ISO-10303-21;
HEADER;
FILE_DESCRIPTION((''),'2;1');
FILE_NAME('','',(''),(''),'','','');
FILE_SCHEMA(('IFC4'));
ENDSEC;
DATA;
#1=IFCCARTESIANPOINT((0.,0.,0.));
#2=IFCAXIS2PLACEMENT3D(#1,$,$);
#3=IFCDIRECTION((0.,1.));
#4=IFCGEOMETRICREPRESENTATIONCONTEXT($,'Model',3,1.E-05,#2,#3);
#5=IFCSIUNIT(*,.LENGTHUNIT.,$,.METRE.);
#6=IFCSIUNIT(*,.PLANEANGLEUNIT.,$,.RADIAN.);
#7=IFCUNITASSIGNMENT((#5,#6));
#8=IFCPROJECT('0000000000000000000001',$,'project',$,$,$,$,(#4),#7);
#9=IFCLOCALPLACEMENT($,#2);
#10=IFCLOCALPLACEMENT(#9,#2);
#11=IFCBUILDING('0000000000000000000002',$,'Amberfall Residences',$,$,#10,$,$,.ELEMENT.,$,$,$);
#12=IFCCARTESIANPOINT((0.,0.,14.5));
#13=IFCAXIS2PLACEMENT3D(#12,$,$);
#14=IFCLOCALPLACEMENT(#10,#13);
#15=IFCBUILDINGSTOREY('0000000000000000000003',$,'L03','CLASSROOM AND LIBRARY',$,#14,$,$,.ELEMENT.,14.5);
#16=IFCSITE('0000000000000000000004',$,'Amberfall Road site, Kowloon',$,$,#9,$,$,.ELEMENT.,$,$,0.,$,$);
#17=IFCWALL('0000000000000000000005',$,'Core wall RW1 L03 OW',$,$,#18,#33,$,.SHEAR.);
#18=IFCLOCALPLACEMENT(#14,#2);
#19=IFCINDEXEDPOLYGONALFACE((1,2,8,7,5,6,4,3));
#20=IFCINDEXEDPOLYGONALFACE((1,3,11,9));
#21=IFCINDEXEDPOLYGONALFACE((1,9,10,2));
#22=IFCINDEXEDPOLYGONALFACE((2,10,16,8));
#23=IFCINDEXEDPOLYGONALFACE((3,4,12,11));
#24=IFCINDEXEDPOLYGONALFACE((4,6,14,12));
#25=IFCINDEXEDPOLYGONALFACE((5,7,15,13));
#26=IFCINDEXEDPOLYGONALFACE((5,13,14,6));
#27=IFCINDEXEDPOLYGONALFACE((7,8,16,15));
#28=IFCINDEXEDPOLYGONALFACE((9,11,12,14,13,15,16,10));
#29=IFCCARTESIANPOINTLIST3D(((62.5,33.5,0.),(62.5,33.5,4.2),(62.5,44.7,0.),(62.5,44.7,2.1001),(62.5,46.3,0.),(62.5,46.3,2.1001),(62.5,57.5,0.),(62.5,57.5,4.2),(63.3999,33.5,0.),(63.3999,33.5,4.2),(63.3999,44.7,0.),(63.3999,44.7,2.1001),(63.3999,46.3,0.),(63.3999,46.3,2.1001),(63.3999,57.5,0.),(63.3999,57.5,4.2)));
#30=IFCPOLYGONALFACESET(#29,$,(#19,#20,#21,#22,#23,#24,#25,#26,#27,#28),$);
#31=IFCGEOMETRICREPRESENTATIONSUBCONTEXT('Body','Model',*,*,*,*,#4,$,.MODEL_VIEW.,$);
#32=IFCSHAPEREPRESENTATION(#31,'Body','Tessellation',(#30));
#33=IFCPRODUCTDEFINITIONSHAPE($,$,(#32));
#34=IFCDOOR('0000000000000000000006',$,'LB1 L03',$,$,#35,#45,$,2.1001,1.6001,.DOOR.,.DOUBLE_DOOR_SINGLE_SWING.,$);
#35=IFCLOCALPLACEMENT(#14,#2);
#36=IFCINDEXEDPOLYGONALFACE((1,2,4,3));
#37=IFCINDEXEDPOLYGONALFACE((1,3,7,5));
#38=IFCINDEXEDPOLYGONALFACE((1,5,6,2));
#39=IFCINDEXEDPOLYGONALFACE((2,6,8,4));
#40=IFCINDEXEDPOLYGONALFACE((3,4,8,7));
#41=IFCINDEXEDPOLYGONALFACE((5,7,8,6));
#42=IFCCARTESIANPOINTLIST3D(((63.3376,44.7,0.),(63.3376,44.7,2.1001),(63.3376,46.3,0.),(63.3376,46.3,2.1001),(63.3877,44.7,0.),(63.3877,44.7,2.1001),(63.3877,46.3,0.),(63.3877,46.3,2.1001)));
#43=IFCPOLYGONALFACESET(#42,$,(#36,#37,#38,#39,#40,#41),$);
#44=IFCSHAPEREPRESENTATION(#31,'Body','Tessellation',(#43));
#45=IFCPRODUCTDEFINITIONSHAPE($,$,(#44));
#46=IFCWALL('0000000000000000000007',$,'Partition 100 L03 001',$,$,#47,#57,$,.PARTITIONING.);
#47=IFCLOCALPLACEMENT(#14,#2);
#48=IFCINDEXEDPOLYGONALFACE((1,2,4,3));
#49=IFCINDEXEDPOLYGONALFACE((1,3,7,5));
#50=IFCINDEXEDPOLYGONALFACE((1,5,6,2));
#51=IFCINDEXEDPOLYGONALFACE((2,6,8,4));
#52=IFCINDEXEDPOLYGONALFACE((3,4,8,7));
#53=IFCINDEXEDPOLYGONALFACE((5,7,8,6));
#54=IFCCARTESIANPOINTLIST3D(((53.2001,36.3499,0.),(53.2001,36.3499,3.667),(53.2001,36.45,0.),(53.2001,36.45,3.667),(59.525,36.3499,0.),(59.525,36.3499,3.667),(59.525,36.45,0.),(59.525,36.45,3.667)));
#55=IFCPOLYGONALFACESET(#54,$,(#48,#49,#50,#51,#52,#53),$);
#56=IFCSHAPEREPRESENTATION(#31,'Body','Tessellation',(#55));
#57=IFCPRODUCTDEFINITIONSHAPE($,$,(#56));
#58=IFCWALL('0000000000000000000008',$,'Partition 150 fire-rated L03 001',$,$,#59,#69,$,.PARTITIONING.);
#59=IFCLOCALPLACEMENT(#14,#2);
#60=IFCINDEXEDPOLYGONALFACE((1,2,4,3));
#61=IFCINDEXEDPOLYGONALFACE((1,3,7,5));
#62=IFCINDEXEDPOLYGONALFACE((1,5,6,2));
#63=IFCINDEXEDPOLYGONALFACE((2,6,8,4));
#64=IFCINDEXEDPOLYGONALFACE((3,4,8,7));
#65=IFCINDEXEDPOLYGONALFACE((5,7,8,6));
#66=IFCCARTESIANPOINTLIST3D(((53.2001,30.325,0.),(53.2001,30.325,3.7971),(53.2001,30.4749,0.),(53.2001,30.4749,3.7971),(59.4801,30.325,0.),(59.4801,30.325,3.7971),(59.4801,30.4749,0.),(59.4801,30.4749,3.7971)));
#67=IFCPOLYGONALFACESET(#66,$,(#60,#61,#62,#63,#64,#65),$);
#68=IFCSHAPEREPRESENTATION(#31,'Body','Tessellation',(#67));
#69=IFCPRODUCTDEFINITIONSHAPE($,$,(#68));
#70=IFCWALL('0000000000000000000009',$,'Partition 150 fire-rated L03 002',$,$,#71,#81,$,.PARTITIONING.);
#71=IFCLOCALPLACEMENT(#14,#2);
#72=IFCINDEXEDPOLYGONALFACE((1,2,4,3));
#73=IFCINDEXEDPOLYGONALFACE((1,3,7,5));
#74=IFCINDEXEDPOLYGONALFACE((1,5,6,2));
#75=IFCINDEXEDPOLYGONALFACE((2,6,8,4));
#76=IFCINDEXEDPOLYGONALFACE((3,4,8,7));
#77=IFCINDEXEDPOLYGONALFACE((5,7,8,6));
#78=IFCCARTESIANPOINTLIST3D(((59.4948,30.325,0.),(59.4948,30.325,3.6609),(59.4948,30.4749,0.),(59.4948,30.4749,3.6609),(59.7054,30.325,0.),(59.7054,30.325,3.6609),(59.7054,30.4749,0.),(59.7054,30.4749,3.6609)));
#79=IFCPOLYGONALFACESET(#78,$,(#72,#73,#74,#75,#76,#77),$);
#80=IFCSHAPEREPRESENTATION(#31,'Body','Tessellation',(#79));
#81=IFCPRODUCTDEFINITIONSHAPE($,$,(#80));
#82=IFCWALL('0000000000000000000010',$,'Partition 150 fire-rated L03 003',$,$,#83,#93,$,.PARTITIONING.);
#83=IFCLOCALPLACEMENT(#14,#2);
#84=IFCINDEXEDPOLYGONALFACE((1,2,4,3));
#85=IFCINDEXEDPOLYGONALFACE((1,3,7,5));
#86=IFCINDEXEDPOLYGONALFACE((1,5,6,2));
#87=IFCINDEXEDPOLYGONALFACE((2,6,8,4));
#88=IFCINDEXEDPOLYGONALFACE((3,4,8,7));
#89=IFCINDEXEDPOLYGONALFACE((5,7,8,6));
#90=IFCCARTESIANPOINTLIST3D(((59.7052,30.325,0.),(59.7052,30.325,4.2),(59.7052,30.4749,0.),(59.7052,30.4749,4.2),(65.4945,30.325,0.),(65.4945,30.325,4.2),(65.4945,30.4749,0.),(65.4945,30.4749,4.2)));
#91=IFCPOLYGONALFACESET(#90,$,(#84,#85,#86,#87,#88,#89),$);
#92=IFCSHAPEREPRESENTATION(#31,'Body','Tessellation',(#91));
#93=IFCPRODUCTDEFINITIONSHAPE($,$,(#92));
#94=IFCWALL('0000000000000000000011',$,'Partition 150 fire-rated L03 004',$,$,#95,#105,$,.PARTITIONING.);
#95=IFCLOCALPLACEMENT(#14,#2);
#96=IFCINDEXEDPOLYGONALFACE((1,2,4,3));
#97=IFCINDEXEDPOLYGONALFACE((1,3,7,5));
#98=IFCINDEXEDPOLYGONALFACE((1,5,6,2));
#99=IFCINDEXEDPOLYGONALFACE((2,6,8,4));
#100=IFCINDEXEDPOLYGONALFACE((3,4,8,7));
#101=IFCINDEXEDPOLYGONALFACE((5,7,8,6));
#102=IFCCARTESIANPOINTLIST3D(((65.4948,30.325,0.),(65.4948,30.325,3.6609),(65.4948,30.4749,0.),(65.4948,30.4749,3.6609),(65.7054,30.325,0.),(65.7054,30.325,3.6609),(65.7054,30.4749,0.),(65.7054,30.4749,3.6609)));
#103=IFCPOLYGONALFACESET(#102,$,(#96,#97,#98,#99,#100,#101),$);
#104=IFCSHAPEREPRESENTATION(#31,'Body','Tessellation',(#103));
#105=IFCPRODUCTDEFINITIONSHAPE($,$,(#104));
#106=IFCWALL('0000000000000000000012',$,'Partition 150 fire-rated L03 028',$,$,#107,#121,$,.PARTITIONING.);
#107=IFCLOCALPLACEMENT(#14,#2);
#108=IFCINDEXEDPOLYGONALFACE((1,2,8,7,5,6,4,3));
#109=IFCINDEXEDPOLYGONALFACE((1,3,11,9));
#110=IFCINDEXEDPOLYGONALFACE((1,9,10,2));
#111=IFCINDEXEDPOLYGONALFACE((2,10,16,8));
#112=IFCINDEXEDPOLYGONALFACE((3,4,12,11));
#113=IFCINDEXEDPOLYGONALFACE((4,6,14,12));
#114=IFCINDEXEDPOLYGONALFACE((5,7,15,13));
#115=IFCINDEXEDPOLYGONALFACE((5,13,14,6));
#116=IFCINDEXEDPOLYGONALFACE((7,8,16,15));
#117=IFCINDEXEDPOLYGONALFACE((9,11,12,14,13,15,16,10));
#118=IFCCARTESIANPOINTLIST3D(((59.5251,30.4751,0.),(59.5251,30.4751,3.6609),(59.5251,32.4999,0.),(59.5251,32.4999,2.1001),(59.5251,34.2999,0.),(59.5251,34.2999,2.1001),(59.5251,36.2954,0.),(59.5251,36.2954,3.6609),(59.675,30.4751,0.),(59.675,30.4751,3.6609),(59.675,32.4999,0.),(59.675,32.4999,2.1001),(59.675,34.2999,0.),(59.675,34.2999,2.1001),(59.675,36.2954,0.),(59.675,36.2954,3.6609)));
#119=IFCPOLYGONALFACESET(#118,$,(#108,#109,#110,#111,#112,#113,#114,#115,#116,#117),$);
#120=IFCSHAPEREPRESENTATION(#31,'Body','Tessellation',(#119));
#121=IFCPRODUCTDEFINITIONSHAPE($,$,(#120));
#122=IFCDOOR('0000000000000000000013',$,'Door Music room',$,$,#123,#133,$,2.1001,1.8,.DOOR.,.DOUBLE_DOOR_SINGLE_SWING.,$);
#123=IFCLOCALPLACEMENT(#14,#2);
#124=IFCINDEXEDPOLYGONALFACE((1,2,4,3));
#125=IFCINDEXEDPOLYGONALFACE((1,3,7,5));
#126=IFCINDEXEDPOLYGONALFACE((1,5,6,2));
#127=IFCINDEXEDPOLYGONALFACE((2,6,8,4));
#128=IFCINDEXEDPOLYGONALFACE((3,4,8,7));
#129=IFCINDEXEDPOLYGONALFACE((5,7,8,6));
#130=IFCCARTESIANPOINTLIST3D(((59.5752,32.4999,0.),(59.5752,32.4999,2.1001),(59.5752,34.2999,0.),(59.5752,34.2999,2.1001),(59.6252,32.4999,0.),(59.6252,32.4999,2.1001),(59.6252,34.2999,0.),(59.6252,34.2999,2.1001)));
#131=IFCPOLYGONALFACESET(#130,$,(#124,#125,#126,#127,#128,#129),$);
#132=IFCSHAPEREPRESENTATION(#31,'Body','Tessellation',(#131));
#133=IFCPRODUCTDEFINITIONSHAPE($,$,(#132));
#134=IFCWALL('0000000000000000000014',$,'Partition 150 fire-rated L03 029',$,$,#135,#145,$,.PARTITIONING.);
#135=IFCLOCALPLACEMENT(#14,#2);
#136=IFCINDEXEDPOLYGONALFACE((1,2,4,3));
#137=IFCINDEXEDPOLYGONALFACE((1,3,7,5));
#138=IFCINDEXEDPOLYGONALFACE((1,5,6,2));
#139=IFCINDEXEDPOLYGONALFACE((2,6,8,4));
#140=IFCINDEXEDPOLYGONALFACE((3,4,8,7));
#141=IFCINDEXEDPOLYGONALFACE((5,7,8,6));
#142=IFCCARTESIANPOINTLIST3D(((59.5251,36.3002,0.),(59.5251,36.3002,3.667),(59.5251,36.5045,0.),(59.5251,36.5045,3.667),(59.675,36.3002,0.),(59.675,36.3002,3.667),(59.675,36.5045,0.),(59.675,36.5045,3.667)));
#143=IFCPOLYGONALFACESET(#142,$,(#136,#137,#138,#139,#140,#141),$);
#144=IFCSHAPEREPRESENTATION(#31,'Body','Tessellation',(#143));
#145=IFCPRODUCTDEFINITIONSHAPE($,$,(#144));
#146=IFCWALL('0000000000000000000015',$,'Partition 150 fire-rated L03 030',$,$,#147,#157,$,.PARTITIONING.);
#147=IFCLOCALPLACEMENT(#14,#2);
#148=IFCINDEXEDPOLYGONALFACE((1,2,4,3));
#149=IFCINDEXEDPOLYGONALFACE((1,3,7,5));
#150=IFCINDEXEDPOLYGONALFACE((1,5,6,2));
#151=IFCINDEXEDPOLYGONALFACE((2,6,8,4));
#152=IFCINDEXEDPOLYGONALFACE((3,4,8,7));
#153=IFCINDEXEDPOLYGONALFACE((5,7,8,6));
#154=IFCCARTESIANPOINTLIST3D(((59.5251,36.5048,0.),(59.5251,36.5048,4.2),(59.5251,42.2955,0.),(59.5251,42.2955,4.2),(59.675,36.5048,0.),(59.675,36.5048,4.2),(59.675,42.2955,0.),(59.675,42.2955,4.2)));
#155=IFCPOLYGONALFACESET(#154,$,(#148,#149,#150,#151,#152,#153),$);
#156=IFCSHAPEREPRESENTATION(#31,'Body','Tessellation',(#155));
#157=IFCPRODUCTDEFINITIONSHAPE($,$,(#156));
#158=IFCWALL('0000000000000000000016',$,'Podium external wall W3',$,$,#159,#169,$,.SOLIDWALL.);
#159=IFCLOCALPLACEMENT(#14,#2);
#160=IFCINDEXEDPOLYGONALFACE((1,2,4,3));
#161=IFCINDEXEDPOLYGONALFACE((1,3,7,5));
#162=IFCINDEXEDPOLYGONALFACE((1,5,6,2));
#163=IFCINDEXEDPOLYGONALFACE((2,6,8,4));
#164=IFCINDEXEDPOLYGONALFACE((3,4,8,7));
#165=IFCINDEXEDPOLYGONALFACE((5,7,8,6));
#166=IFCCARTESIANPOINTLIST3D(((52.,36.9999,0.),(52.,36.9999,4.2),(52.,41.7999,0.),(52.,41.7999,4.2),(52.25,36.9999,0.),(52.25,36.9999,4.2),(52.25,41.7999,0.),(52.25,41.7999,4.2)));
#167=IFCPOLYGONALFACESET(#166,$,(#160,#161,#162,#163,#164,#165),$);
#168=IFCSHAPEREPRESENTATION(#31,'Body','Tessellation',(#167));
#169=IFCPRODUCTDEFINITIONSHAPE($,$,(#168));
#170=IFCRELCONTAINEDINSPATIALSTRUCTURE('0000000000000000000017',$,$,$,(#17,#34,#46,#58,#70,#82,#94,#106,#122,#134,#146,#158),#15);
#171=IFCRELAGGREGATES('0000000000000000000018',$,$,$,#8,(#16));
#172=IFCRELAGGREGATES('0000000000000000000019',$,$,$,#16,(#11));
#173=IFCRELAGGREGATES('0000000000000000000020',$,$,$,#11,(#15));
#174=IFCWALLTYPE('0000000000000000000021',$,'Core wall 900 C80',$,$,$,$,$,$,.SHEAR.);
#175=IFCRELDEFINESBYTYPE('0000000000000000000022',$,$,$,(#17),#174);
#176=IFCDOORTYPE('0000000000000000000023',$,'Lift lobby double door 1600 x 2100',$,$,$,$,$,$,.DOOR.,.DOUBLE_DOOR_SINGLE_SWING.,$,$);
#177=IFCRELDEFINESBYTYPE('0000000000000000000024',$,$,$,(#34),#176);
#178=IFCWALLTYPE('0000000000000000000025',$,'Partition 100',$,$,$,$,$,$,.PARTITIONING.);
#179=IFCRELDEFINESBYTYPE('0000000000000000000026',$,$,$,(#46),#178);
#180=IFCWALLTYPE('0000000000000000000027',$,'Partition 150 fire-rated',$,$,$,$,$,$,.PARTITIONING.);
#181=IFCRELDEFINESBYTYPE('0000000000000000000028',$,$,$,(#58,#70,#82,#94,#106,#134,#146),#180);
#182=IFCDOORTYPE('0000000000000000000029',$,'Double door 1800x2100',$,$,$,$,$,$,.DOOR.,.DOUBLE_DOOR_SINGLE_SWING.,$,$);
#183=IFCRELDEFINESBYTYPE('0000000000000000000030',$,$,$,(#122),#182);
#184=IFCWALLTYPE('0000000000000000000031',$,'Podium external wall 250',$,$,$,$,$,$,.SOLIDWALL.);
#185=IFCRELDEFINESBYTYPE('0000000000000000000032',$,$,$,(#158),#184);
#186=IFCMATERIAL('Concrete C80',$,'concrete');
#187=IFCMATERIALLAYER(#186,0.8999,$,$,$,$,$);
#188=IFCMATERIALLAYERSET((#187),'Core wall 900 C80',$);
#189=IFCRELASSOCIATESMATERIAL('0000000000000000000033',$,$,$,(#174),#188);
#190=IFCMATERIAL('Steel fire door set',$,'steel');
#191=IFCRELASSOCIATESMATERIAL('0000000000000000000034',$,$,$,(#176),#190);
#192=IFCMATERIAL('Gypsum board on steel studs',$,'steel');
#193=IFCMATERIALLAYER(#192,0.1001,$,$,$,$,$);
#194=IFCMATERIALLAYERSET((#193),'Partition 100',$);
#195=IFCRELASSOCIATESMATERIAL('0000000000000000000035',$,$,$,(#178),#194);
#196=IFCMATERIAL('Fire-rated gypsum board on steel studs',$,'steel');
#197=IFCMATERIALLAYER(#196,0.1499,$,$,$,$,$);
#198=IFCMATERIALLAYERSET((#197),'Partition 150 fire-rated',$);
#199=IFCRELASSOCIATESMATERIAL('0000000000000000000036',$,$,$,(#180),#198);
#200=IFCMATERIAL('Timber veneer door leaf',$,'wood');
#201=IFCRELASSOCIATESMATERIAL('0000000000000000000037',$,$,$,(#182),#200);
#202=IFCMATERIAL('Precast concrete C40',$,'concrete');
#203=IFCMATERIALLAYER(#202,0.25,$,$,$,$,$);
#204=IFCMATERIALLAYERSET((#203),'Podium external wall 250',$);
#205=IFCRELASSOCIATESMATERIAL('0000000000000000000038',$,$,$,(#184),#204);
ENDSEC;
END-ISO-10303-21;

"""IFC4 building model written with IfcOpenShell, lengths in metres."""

from ifc_helpers import new_model, si_unit, direction, frame, frame_2d, origin, place, context, subcontext, project, spatial, rectangle, extrude, material, layer, layer_set, type_object, element, fill, save


model = new_model("IFC4")

# Units and contexts
model_context = context("Model", 3, precision=1e-05, world=origin(), true_north=direction((0.0, 1.0)))
body_context = subcontext(model_context, "Body", "Model", "MODEL_VIEW")
ifc_project = project(units=[si_unit("LENGTHUNIT", "METRE"), si_unit("PLANEANGLEUNIT", "RADIAN")], contexts=[model_context])

# Site, building, storey
site_placement = place(None, origin())
site = spatial("IfcSite", under=ifc_project, at=site_placement, Name="Amberfall Road site, Kowloon", CompositionType="ELEMENT", RefElevation=0.0)
building_placement = place(site_placement, origin())
building = spatial("IfcBuilding", under=site, at=building_placement, Name="Amberfall Residences", CompositionType="ELEMENT")
storey_placement = place(building_placement, frame((0.0, 0.0, 14.5)))
storey = spatial("IfcBuildingStorey", under=building, at=storey_placement, Name="L03", Description="CLASSROOM AND LIBRARY", CompositionType="ELEMENT", Elevation=14.5)

# Shared definitions
ifc_material_1 = material(Name="Concrete C80", Category="concrete")

# Shared definitions
ifc_layer_1 = layer(ifc_material_1, 0.8999)
ifc_layer_set_1 = layer_set([ifc_layer_1], Name="Core wall 900 C80")
wall_type_1 = type_object("IfcWallType", Name="Core wall 900 C80", PredefinedType="SHEAR", material=ifc_layer_set_1)
ifc_material_2 = material(Name="Steel fire door set", Category="steel")

# Wall, opening, door
wall_1_placement = place(storey_placement, frame((62.95, 33.5, 0.0), z_axis=(0.0, 0.0, 1.0), x_axis=(0.0, 1.0, 0.0)))
wall_1 = element("IfcWall", 1, at=wall_1_placement, inside=storey, type_object=wall_type_1, Name="Core wall RW1 L03 OW", PredefinedType="SHEAR", context=body_context, shape_type="SweptSolid", body=[
    extrude(rectangle(XDim=24.0, YDim=0.8999, at=frame_2d((12.0, 0.0))), origin(), (0.0, 0.0, 1.0), 4.2),
])
opening_1_placement = place(wall_1_placement, frame((11.2, 0.0, 0.0)))
opening_1 = element("IfcOpeningElement", 2, at=opening_1_placement, cuts=wall_1, PredefinedType="OPENING", context=body_context, shape_type="SweptSolid", body=[
    extrude(rectangle(XDim=1.6001, YDim=2.1001, at=frame_2d((0.8, 1.05))), frame((0.0, 0.46, 0.0), z_axis=(0.0, -1.0, 0.0), x_axis=(1.0, 0.0, 0.0)), (0.0, 0.0, 1.0), 0.9199),
])
door_type_1 = type_object("IfcDoorType", Name="Lift lobby double door 1600 x 2100", OperationType="DOUBLE_DOOR_SINGLE_SWING", PredefinedType="DOOR", material=ifc_material_2)
door_1_placement = place(opening_1_placement, origin())
door_1 = element("IfcDoor", 3, at=door_1_placement, inside=storey, type_object=door_type_1, Name="LB1 L03", OperationType="DOUBLE_DOOR_SINGLE_SWING", OverallHeight=2.1001, OverallWidth=1.6001, PredefinedType="DOOR", context=body_context, shape_type="SweptSolid", body=[
    extrude(rectangle(XDim=1.6001, YDim=2.1001, at=frame_2d((0.8, 1.05))), frame((0.0, -0.3877, 0.0), z_axis=(0.0, -1.0, 0.0), x_axis=(1.0, 0.0, 0.0)), (0.0, 0.0, 1.0), 0.05),
])
fill(opening_1, door_1)

# Walls
ifc_material_3 = material(Name="Gypsum board on steel studs", Category="steel")
ifc_layer_2 = layer(ifc_material_3, 0.1001)
ifc_layer_set_2 = layer_set([ifc_layer_2], Name="Partition 100")
wall_type_2 = type_object("IfcWallType", Name="Partition 100", PredefinedType="PARTITIONING", material=ifc_layer_set_2)
wall_2_placement = place(storey_placement, frame((53.2, 36.3999, 0.0), z_axis=(0.0, 0.0, 1.0), x_axis=(1.0, 0.0, 0.0)))
element("IfcWall", 4, at=wall_2_placement, inside=storey, type_object=wall_type_2, Name="Partition 100 L03 001", PredefinedType="PARTITIONING", context=body_context, shape_type="SweptSolid", body=[
    extrude(rectangle(XDim=6.325, YDim=0.1001, at=frame_2d((3.1626, 0.0))), origin(), (0.0, 0.0, 1.0), 3.667),
])
ifc_material_4 = material(Name="Fire-rated gypsum board on steel studs", Category="steel")
ifc_layer_3 = layer(ifc_material_4, 0.1499)
ifc_layer_set_3 = layer_set([ifc_layer_3], Name="Partition 150 fire-rated")
wall_type_3 = type_object("IfcWallType", Name="Partition 150 fire-rated", PredefinedType="PARTITIONING", material=ifc_layer_set_3)
wall_3_placement = place(storey_placement, frame((53.2, 30.3999, 0.0), z_axis=(0.0, 0.0, 1.0), x_axis=(1.0, 0.0, 0.0)))
element("IfcWall", 5, at=wall_3_placement, inside=storey, type_object=wall_type_3, Name="Partition 150 fire-rated L03 001", PredefinedType="PARTITIONING", context=body_context, shape_type="SweptSolid", body=[
    extrude(rectangle(XDim=6.28, YDim=0.1499, at=frame_2d((3.1401, 0.0))), origin(), (0.0, 0.0, 1.0), 3.7971),
])
wall_4_placement = place(storey_placement, frame((59.4946, 30.3999, 0.0), z_axis=(0.0, 0.0, 1.0), x_axis=(1.0, 0.0, 0.0)))
element("IfcWall", 6, at=wall_4_placement, inside=storey, type_object=wall_type_3, Name="Partition 150 fire-rated L03 002", PredefinedType="PARTITIONING", context=body_context, shape_type="SweptSolid", body=[
    extrude(rectangle(XDim=0.2107, YDim=0.1499, at=frame_2d((0.1055, 0.0))), origin(), (0.0, 0.0, 1.0), 3.6609),
])
wall_5_placement = place(storey_placement, frame((59.7053, 30.3999, 0.0), z_axis=(0.0, 0.0, 1.0), x_axis=(1.0, 0.0, 0.0)))
element("IfcWall", 7, at=wall_5_placement, inside=storey, type_object=wall_type_3, Name="Partition 150 fire-rated L03 003", PredefinedType="PARTITIONING", context=body_context, shape_type="SweptSolid", body=[
    extrude(rectangle(XDim=5.7893, YDim=0.1499, at=frame_2d((2.8945, 0.0))), origin(), (0.0, 0.0, 1.0), 4.2),
])
wall_6_placement = place(storey_placement, frame((65.4946, 30.3999, 0.0), z_axis=(0.0, 0.0, 1.0), x_axis=(1.0, 0.0, 0.0)))
element("IfcWall", 8, at=wall_6_placement, inside=storey, type_object=wall_type_3, Name="Partition 150 fire-rated L03 004", PredefinedType="PARTITIONING", context=body_context, shape_type="SweptSolid", body=[
    extrude(rectangle(XDim=0.2107, YDim=0.1499, at=frame_2d((0.1055, 0.0))), origin(), (0.0, 0.0, 1.0), 3.6609),
])

# Wall, opening, door
wall_7_placement = place(storey_placement, frame((59.6001, 30.4751, 0.0), z_axis=(0.0, 0.0, 1.0), x_axis=(0.0, 1.0, 0.0)))
wall_7 = element("IfcWall", 9, at=wall_7_placement, inside=storey, type_object=wall_type_3, Name="Partition 150 fire-rated L03 028", PredefinedType="PARTITIONING", context=body_context, shape_type="SweptSolid", body=[
    extrude(rectangle(XDim=5.8203, YDim=0.1499, at=frame_2d((2.9102, 0.0))), origin(), (0.0, 0.0, 1.0), 3.6609),
])
opening_2_placement = place(wall_7_placement, frame((2.0249, 0.0, 0.0)))
opening_2 = element("IfcOpeningElement", 10, at=opening_2_placement, cuts=wall_7, PredefinedType="OPENING", context=body_context, shape_type="SweptSolid", body=[
    extrude(rectangle(XDim=1.8, YDim=2.1001, at=frame_2d((0.8999, 1.05))), frame((0.0, 0.085, 0.0), z_axis=(0.0, -1.0, 0.0), x_axis=(1.0, 0.0, 0.0)), (0.0, 0.0, 1.0), 0.1699),
])
ifc_material_5 = material(Name="Timber veneer door leaf", Category="wood")
door_type_2 = type_object("IfcDoorType", Name="Double door 1800x2100", OperationType="DOUBLE_DOOR_SINGLE_SWING", PredefinedType="DOOR", material=ifc_material_5)
door_2_placement = place(opening_2_placement, origin())
door_2 = element("IfcDoor", 11, at=door_2_placement, inside=storey, type_object=door_type_2, Name="Door Music room", OperationType="DOUBLE_DOOR_SINGLE_SWING", OverallHeight=2.1001, OverallWidth=1.8, PredefinedType="DOOR", context=body_context, shape_type="SweptSolid", body=[
    extrude(rectangle(XDim=1.8, YDim=2.1001, at=frame_2d((0.8999, 1.05))), frame((0.0, 0.0249, 0.0), z_axis=(0.0, -1.0, 0.0), x_axis=(1.0, 0.0, 0.0)), (0.0, 0.0, 1.0), 0.05),
])
fill(opening_2, door_2)

# Walls
wall_8_placement = place(storey_placement, frame((59.6001, 36.3003, 0.0), z_axis=(0.0, 0.0, 1.0), x_axis=(0.0, 1.0, 0.0)))
element("IfcWall", 12, at=wall_8_placement, inside=storey, type_object=wall_type_3, Name="Partition 150 fire-rated L03 029", PredefinedType="PARTITIONING", context=body_context, shape_type="SweptSolid", body=[
    extrude(rectangle(XDim=0.2043, YDim=0.1499, at=frame_2d((0.1021, 0.0))), origin(), (0.0, 0.0, 1.0), 3.667),
])
wall_9_placement = place(storey_placement, frame((59.6001, 36.5046, 0.0), z_axis=(0.0, 0.0, 1.0), x_axis=(0.0, 1.0, 0.0)))
element("IfcWall", 13, at=wall_9_placement, inside=storey, type_object=wall_type_3, Name="Partition 150 fire-rated L03 030", PredefinedType="PARTITIONING", context=body_context, shape_type="SweptSolid", body=[
    extrude(rectangle(XDim=5.7908, YDim=0.1499, at=frame_2d((2.8955, 0.0))), origin(), (0.0, 0.0, 1.0), 4.2),
])
ifc_material_6 = material(Name="Precast concrete C40", Category="concrete")
ifc_layer_4 = layer(ifc_material_6, 0.25)
ifc_layer_set_4 = layer_set([ifc_layer_4], Name="Podium external wall 250")
wall_type_4 = type_object("IfcWallType", Name="Podium external wall 250", PredefinedType="SOLIDWALL", material=ifc_layer_set_4)
wall_10_placement = place(storey_placement, frame((52.125, 37.0, 0.0), z_axis=(0.0, 0.0, 1.0), x_axis=(0.0, 1.0, 0.0)))
element("IfcWall", 14, at=wall_10_placement, inside=storey, type_object=wall_type_4, Name="Podium external wall W3", PredefinedType="SOLIDWALL", context=body_context, shape_type="SweptSolid", body=[
    extrude(rectangle(XDim=4.8, YDim=0.25, at=frame_2d((2.3999, 0.0))), origin(), (0.0, 0.0, 1.0), 4.2),
])

save(model, "model.ifc")
